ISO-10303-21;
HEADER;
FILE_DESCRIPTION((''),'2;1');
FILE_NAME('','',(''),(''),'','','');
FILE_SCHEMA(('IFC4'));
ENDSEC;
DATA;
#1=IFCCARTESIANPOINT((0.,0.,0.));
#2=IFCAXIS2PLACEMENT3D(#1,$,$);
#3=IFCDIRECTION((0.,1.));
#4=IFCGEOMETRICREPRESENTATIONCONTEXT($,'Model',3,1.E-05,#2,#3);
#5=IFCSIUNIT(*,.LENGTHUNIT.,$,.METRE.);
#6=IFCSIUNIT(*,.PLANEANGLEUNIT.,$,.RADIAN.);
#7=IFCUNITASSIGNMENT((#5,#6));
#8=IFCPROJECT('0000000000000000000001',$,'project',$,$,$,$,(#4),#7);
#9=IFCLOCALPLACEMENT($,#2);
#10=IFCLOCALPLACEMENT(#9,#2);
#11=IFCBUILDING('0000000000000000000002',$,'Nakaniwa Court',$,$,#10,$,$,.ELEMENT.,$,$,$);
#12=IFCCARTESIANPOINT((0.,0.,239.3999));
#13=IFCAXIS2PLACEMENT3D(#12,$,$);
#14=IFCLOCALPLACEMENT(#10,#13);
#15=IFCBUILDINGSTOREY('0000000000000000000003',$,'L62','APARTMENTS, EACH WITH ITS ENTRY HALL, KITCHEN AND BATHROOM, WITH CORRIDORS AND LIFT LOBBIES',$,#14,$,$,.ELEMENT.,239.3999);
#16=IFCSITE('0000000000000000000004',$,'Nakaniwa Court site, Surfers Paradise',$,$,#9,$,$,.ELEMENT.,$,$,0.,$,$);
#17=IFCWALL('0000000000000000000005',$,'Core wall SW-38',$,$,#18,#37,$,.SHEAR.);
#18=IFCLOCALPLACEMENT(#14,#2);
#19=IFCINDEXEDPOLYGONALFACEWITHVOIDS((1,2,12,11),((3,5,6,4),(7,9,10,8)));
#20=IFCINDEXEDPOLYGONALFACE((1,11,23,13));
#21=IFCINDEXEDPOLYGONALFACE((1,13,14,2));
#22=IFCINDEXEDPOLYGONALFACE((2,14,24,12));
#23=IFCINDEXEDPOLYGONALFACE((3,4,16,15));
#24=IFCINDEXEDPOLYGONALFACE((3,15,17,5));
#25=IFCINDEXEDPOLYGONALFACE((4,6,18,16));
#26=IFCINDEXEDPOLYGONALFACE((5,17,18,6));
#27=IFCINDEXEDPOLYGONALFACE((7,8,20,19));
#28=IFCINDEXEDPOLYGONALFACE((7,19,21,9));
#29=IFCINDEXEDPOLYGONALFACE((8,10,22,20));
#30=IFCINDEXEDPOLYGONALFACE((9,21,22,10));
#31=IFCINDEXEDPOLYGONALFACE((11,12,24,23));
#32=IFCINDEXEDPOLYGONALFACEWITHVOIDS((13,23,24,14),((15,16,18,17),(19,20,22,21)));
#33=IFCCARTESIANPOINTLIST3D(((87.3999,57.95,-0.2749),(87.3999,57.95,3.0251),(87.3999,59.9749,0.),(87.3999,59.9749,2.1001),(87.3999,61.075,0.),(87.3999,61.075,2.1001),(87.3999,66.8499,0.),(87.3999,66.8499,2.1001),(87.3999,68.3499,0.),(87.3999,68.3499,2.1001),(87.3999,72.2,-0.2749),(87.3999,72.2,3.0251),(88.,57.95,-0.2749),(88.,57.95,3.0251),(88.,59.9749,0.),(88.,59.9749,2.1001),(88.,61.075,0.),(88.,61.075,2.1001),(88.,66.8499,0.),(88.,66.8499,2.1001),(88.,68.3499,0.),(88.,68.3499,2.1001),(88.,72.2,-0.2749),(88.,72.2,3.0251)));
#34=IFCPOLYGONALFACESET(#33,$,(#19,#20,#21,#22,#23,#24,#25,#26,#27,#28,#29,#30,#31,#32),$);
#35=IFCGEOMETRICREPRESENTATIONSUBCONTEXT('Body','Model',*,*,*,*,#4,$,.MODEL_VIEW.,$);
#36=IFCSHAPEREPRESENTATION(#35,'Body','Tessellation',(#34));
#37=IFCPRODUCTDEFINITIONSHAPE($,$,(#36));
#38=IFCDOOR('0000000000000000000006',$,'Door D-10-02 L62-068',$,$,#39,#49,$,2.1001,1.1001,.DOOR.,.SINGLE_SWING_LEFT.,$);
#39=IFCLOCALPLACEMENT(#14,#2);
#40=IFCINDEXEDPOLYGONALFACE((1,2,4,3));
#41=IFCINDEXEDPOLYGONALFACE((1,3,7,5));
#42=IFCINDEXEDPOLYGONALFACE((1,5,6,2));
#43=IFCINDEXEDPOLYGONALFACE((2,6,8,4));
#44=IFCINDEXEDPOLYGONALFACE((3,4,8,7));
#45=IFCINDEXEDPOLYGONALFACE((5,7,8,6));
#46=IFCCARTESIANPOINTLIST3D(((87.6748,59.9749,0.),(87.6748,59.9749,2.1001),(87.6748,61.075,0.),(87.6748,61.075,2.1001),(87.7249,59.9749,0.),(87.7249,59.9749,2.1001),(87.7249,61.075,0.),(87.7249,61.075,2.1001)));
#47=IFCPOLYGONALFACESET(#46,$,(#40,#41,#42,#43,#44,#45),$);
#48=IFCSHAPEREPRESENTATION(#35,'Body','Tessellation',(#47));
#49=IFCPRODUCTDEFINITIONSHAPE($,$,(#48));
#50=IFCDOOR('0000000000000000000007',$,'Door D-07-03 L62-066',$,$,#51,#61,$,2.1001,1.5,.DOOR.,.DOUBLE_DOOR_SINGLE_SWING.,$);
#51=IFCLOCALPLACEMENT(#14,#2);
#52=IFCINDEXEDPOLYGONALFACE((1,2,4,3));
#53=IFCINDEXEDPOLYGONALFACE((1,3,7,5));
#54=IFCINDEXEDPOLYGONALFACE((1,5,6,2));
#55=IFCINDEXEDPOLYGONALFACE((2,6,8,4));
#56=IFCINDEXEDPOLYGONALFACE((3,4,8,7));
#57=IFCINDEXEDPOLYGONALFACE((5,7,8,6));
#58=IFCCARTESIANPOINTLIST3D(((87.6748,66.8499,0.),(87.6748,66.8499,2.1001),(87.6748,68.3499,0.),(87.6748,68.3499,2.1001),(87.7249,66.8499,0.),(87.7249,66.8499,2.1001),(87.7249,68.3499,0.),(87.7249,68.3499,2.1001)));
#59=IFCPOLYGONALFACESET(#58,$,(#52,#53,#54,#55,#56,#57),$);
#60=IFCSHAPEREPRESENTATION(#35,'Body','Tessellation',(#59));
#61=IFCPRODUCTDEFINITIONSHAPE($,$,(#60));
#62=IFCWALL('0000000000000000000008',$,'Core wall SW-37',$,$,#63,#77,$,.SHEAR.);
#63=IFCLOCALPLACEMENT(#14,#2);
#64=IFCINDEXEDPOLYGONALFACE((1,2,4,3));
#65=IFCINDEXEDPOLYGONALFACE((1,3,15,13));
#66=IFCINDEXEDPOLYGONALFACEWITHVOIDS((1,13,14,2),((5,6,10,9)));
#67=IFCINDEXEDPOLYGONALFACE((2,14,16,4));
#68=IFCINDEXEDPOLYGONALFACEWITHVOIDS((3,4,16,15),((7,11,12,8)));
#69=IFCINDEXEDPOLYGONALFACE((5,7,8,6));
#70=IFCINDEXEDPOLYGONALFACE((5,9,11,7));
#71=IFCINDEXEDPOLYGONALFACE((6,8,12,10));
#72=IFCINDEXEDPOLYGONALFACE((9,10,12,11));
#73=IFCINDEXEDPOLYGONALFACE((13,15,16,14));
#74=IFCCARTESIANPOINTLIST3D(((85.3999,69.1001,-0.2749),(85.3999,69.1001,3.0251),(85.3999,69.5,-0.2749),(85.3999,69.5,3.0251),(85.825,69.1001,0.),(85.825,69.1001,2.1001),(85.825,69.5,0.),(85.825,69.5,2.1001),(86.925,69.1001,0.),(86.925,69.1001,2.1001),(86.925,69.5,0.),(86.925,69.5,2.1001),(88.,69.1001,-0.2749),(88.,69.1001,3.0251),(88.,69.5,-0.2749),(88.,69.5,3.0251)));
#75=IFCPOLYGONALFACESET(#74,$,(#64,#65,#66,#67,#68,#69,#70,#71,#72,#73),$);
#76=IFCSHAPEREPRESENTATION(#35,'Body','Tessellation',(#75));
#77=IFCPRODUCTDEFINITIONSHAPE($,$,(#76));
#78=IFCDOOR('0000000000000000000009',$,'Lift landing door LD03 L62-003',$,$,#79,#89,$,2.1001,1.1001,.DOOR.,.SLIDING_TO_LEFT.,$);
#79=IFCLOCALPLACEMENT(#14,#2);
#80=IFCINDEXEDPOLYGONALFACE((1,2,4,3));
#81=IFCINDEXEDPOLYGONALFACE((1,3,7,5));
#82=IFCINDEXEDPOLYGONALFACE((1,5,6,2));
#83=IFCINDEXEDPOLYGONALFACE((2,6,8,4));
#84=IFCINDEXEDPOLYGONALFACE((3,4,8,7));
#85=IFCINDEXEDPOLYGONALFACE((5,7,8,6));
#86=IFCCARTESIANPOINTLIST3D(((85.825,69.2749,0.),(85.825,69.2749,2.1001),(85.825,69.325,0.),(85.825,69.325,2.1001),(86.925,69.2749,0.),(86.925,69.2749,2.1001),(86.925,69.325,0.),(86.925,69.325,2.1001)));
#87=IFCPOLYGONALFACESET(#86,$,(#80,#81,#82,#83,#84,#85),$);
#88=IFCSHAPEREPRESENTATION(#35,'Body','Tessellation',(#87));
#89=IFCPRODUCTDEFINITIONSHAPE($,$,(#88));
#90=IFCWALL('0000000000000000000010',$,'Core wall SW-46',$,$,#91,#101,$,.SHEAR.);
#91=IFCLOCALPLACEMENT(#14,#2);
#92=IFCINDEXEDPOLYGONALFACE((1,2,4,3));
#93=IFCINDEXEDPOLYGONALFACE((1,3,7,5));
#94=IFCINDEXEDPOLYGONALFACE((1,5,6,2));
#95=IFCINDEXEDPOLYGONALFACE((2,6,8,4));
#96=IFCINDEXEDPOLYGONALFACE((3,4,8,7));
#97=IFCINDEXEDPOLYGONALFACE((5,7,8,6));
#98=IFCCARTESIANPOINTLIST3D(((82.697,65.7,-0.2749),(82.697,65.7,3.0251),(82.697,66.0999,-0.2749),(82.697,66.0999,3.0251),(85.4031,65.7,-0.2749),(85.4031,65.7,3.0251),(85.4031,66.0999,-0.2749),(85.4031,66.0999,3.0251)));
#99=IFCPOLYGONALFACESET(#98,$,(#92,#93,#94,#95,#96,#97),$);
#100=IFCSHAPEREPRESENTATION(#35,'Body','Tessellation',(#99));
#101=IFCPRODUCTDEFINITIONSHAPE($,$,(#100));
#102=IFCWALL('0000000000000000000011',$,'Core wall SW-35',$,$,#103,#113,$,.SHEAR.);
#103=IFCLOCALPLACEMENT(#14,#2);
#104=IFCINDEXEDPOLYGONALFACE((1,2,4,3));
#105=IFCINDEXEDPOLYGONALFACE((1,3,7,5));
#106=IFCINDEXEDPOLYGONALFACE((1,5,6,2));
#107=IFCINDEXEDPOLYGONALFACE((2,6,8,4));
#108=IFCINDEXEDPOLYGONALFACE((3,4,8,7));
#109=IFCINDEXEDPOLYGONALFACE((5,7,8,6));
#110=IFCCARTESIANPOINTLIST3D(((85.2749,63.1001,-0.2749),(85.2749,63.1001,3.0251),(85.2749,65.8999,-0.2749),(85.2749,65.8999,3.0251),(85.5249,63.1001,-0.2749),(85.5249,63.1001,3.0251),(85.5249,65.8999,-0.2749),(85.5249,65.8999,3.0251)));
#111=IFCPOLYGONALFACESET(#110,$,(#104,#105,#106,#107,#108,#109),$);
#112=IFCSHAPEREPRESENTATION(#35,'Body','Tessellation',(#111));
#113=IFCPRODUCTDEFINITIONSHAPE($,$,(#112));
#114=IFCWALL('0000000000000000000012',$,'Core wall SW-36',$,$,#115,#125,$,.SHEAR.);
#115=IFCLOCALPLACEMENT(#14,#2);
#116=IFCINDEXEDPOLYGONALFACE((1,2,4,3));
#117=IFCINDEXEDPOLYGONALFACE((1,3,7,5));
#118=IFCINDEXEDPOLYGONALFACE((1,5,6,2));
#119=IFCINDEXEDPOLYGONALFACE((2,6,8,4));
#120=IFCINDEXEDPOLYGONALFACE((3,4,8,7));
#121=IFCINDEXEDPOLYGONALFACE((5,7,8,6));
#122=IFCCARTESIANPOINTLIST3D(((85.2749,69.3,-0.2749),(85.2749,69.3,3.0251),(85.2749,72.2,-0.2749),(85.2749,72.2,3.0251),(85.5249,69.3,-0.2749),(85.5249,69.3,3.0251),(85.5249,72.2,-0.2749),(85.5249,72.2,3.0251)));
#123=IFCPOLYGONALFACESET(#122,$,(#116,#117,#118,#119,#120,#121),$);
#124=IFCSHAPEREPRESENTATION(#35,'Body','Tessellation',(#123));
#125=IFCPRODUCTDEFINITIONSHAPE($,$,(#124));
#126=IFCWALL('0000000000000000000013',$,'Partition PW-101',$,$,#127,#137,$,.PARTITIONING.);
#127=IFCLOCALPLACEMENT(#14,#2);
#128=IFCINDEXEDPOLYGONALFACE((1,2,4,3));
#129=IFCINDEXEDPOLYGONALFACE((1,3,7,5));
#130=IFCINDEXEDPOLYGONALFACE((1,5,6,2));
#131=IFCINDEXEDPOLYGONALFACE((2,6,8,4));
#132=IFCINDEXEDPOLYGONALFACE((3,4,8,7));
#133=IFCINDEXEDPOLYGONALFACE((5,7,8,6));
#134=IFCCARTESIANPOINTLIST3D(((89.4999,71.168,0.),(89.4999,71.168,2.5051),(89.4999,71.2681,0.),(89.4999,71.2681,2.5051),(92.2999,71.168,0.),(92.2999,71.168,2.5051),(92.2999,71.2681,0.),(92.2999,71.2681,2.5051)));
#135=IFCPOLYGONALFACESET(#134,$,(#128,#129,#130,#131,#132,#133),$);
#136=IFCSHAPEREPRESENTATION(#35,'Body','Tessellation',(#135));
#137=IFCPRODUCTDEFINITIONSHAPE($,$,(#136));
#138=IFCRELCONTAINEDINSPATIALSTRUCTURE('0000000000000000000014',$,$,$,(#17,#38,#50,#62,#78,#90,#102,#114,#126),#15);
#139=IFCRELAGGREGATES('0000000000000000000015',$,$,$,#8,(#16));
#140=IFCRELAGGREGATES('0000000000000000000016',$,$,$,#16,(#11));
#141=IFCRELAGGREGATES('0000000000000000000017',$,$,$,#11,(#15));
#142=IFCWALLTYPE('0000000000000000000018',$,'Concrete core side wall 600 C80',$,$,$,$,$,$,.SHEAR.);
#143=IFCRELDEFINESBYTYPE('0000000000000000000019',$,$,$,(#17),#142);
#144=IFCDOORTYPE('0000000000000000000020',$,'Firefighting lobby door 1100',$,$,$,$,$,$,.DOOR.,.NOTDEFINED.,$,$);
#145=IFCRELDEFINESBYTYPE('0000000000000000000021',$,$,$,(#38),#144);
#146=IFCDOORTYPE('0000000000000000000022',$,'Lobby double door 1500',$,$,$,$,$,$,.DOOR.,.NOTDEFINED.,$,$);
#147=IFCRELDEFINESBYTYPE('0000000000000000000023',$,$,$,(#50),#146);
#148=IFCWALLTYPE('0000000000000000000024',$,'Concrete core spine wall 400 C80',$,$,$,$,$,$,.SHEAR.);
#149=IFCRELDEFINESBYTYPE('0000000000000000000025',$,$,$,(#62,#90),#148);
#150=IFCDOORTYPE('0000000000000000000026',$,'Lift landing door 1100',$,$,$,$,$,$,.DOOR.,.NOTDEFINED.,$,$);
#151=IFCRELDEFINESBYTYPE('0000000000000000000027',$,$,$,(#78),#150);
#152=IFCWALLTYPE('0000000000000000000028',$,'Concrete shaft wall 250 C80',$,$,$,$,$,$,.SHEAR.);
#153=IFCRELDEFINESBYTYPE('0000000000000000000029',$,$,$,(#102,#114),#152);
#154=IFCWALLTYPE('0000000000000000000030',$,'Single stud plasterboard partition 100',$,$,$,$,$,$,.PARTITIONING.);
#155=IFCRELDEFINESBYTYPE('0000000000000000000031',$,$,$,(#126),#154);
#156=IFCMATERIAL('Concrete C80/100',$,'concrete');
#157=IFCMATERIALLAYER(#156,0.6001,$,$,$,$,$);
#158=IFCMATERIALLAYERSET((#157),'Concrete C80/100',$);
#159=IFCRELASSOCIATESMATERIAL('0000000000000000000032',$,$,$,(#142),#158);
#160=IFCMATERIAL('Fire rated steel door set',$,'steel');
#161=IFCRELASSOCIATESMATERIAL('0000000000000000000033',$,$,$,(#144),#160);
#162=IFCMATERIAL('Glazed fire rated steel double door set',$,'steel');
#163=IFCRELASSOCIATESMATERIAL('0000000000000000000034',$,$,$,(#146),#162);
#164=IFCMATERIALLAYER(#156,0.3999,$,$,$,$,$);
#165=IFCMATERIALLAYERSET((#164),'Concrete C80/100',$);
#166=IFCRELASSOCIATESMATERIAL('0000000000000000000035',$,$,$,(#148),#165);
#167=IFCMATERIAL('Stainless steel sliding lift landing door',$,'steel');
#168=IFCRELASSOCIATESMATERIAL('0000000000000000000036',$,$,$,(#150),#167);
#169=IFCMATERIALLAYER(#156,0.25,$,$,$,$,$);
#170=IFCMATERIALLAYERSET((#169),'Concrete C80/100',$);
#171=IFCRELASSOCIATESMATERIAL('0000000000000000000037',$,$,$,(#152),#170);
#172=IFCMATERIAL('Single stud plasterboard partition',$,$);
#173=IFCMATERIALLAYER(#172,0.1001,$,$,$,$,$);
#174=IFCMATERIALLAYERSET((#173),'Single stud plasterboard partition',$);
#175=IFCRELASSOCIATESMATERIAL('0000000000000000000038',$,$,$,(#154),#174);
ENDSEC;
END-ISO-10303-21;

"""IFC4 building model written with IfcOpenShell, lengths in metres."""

from ifc_helpers import new_model, si_unit, direction, frame, frame_2d, origin, place, context, subcontext, project, spatial, rectangle, extrude, material, layer, layer_set, type_object, element, fill, save


model = new_model("IFC4")

# Units and contexts
model_context = context("Model", 3, precision=1e-05, world=origin(), true_north=direction((0.0, 1.0)))
body_context = subcontext(model_context, "Body", "Model", "MODEL_VIEW")
ifc_project = project(units=[si_unit("LENGTHUNIT", "METRE"), si_unit("PLANEANGLEUNIT", "RADIAN")], contexts=[model_context])

# Site, building, storey
site_placement = place(None, origin())
site = spatial("IfcSite", under=ifc_project, at=site_placement, Name="Nakaniwa Court site, Surfers Paradise", CompositionType="ELEMENT", RefElevation=0.0)
building_placement = place(site_placement, origin())
building = spatial("IfcBuilding", under=site, at=building_placement, Name="Nakaniwa Court", CompositionType="ELEMENT")
storey_placement = place(building_placement, frame((0.0, 0.0, 239.3999)))
storey = spatial("IfcBuildingStorey", under=building, at=storey_placement, Name="L62", Description="APARTMENTS, EACH WITH ITS ENTRY HALL, KITCHEN AND BATHROOM, WITH CORRIDORS AND LIFT LOBBIES", CompositionType="ELEMENT", Elevation=239.3999)

# Shared definitions
ifc_material_1 = material(Name="Concrete C80/100", Category="concrete")

# Shared definitions
ifc_material_2 = material(Name="Fire rated steel door set", Category="steel")

# Wall, openings, doors
ifc_layer_1 = layer(ifc_material_1, 0.6001)
ifc_layer_set_1 = layer_set([ifc_layer_1], Name="Concrete C80/100")
wall_type_1 = type_object("IfcWallType", Name="Concrete core side wall 600 C80", PredefinedType="SHEAR", material=ifc_layer_set_1)
wall_1_placement = place(storey_placement, frame((87.7, 72.2, -0.2749), z_axis=(0.0, 0.0, 1.0), x_axis=(0.0, -1.0, 0.0)))
wall_1 = element("IfcWall", 1, at=wall_1_placement, inside=storey, type_object=wall_type_1, Name="Core wall SW-38", PredefinedType="SHEAR", context=body_context, shape_type="SweptSolid", body=[
    extrude(rectangle(XDim=14.25, YDim=0.6001, at=frame_2d((7.125, 0.0))), origin(), (0.0, 0.0, 1.0), 3.3),
])
opening_1_placement = place(wall_1_placement, frame((3.8501, 0.0, 0.2749)))
opening_1 = element("IfcOpeningElement", 2, at=opening_1_placement, cuts=wall_1, PredefinedType="OPENING", context=body_context, shape_type="SweptSolid", body=[
    extrude(rectangle(XDim=1.5, YDim=2.1001, at=frame_2d((0.75, 1.05))), frame((0.0, 0.3101, 0.0), z_axis=(0.0, -1.0, 0.0), x_axis=(1.0, 0.0, 0.0)), (0.0, 0.0, 1.0), 0.6201),
])
opening_2_placement = place(wall_1_placement, frame((11.125, 0.0, 0.2749)))
opening_2 = element("IfcOpeningElement", 3, at=opening_2_placement, cuts=wall_1, PredefinedType="OPENING", context=body_context, shape_type="SweptSolid", body=[
    extrude(rectangle(XDim=1.1001, YDim=2.1001, at=frame_2d((0.55, 1.05))), frame((0.0, 0.3101, 0.0), z_axis=(0.0, -1.0, 0.0), x_axis=(1.0, 0.0, 0.0)), (0.0, 0.0, 1.0), 0.6201),
])
door_type_1 = type_object("IfcDoorType", Name="Firefighting lobby door 1100", OperationType="NOTDEFINED", PredefinedType="DOOR", material=ifc_material_2)
door_1_placement = place(opening_2_placement, origin())
door_1 = element("IfcDoor", 4, at=door_1_placement, inside=storey, type_object=door_type_1, Name="Door D-10-02 L62-068", OperationType="SINGLE_SWING_LEFT", OverallHeight=2.1001, OverallWidth=1.1001, PredefinedType="DOOR", context=body_context, shape_type="SweptSolid", body=[
    extrude(rectangle(XDim=1.1001, YDim=2.1001, at=frame_2d((0.55, 1.05))), frame((0.0, 0.0249, 0.0), z_axis=(0.0, -1.0, 0.0), x_axis=(1.0, 0.0, 0.0)), (0.0, 0.0, 1.0), 0.05),
])
fill(opening_2, door_1)
ifc_material_3 = material(Name="Glazed fire rated steel double door set", Category="steel")
door_type_2 = type_object("IfcDoorType", Name="Lobby double door 1500", OperationType="NOTDEFINED", PredefinedType="DOOR", material=ifc_material_3)
door_2_placement = place(opening_1_placement, origin())
door_2 = element("IfcDoor", 5, at=door_2_placement, inside=storey, type_object=door_type_2, Name="Door D-07-03 L62-066", OperationType="DOUBLE_DOOR_SINGLE_SWING", OverallHeight=2.1001, OverallWidth=1.5, PredefinedType="DOOR", context=body_context, shape_type="SweptSolid", body=[
    extrude(rectangle(XDim=1.5, YDim=2.1001, at=frame_2d((0.75, 1.05))), frame((0.0, 0.0249, 0.0), z_axis=(0.0, -1.0, 0.0), x_axis=(1.0, 0.0, 0.0)), (0.0, 0.0, 1.0), 0.05),
])
fill(opening_1, door_2)

# Wall, opening, door
ifc_layer_2 = layer(ifc_material_1, 0.3999)
ifc_layer_set_2 = layer_set([ifc_layer_2], Name="Concrete C80/100")
wall_type_2 = type_object("IfcWallType", Name="Concrete core spine wall 400 C80", PredefinedType="SHEAR", material=ifc_layer_set_2)
wall_2_placement = place(storey_placement, frame((85.3999, 69.3, -0.2749), z_axis=(0.0, 0.0, 1.0), x_axis=(1.0, 0.0, 0.0)))
wall_2 = element("IfcWall", 6, at=wall_2_placement, inside=storey, type_object=wall_type_2, Name="Core wall SW-37", PredefinedType="SHEAR", context=body_context, shape_type="SweptSolid", body=[
    extrude(rectangle(XDim=2.6001, YDim=0.3999, at=frame_2d((1.3, 0.0))), origin(), (0.0, 0.0, 1.0), 3.3),
])
opening_3_placement = place(wall_2_placement, frame((0.425, 0.0, 0.2749)))
opening_3 = element("IfcOpeningElement", 7, at=opening_3_placement, cuts=wall_2, PredefinedType="OPENING", context=body_context, shape_type="SweptSolid", body=[
    extrude(rectangle(XDim=1.1001, YDim=2.1001, at=frame_2d((0.55, 1.05))), frame((0.0, 0.21, 0.0), z_axis=(0.0, -1.0, 0.0), x_axis=(1.0, 0.0, 0.0)), (0.0, 0.0, 1.0), 0.4199),
])
ifc_material_4 = material(Name="Stainless steel sliding lift landing door", Category="steel")
door_type_3 = type_object("IfcDoorType", Name="Lift landing door 1100", OperationType="NOTDEFINED", PredefinedType="DOOR", material=ifc_material_4)
door_3_placement = place(opening_3_placement, origin())
door_3 = element("IfcDoor", 8, at=door_3_placement, inside=storey, type_object=door_type_3, Name="Lift landing door LD03 L62-003", OperationType="SLIDING_TO_LEFT", OverallHeight=2.1001, OverallWidth=1.1001, PredefinedType="DOOR", context=body_context, shape_type="SweptSolid", body=[
    extrude(rectangle(XDim=1.1001, YDim=2.1001, at=frame_2d((0.55, 1.05))), frame((0.0, 0.0249, 0.0), z_axis=(0.0, -1.0, 0.0), x_axis=(1.0, 0.0, 0.0)), (0.0, 0.0, 1.0), 0.05),
])
fill(opening_3, door_3)

# Walls
wall_3_placement = place(storey_placement, frame((82.697, 65.8999, -0.2749), z_axis=(0.0, 0.0, 1.0), x_axis=(1.0, 0.0, 0.0)))
element("IfcWall", 9, at=wall_3_placement, inside=storey, type_object=wall_type_2, Name="Core wall SW-46", PredefinedType="SHEAR", context=body_context, shape_type="SweptSolid", body=[
    extrude(rectangle(XDim=2.7061, YDim=0.3999, at=frame_2d((1.353, 0.0))), origin(), (0.0, 0.0, 1.0), 3.3),
])
ifc_layer_3 = layer(ifc_material_1, 0.25)
ifc_layer_set_3 = layer_set([ifc_layer_3], Name="Concrete C80/100")
wall_type_3 = type_object("IfcWallType", Name="Concrete shaft wall 250 C80", PredefinedType="SHEAR", material=ifc_layer_set_3)
wall_4_placement = place(storey_placement, frame((85.3999, 63.1001, -0.2749), z_axis=(0.0, 0.0, 1.0), x_axis=(0.0, 1.0, 0.0)))
element("IfcWall", 10, at=wall_4_placement, inside=storey, type_object=wall_type_3, Name="Core wall SW-35", PredefinedType="SHEAR", context=body_context, shape_type="SweptSolid", body=[
    extrude(rectangle(XDim=2.7998, YDim=0.25, at=frame_2d((1.3999, 0.0))), origin(), (0.0, 0.0, 1.0), 3.3),
])
wall_5_placement = place(storey_placement, frame((85.3999, 69.3, -0.2749), z_axis=(0.0, 0.0, 1.0), x_axis=(0.0, 1.0, 0.0)))
element("IfcWall", 11, at=wall_5_placement, inside=storey, type_object=wall_type_3, Name="Core wall SW-36", PredefinedType="SHEAR", context=body_context, shape_type="SweptSolid", body=[
    extrude(rectangle(XDim=2.8999, YDim=0.25, at=frame_2d((1.45, 0.0))), origin(), (0.0, 0.0, 1.0), 3.3),
])
ifc_material_5 = material(Name="Single stud plasterboard partition")
ifc_layer_4 = layer(ifc_material_5, 0.1001)
ifc_layer_set_4 = layer_set([ifc_layer_4], Name="Single stud plasterboard partition")
wall_type_4 = type_object("IfcWallType", Name="Single stud plasterboard partition 100", PredefinedType="PARTITIONING", material=ifc_layer_set_4)
wall_6_placement = place(storey_placement, frame((89.5, 71.218, 0.0), z_axis=(0.0, 0.0, 1.0), x_axis=(1.0, 0.0, 0.0)))
element("IfcWall", 12, at=wall_6_placement, inside=storey, type_object=wall_type_4, Name="Partition PW-101", PredefinedType="PARTITIONING", context=body_context, shape_type="SweptSolid", body=[
    extrude(rectangle(XDim=2.8, YDim=0.1001, at=frame_2d((1.3999, 0.0))), origin(), (0.0, 0.0, 1.0), 2.5051),
])

save(model, "model.ifc")
